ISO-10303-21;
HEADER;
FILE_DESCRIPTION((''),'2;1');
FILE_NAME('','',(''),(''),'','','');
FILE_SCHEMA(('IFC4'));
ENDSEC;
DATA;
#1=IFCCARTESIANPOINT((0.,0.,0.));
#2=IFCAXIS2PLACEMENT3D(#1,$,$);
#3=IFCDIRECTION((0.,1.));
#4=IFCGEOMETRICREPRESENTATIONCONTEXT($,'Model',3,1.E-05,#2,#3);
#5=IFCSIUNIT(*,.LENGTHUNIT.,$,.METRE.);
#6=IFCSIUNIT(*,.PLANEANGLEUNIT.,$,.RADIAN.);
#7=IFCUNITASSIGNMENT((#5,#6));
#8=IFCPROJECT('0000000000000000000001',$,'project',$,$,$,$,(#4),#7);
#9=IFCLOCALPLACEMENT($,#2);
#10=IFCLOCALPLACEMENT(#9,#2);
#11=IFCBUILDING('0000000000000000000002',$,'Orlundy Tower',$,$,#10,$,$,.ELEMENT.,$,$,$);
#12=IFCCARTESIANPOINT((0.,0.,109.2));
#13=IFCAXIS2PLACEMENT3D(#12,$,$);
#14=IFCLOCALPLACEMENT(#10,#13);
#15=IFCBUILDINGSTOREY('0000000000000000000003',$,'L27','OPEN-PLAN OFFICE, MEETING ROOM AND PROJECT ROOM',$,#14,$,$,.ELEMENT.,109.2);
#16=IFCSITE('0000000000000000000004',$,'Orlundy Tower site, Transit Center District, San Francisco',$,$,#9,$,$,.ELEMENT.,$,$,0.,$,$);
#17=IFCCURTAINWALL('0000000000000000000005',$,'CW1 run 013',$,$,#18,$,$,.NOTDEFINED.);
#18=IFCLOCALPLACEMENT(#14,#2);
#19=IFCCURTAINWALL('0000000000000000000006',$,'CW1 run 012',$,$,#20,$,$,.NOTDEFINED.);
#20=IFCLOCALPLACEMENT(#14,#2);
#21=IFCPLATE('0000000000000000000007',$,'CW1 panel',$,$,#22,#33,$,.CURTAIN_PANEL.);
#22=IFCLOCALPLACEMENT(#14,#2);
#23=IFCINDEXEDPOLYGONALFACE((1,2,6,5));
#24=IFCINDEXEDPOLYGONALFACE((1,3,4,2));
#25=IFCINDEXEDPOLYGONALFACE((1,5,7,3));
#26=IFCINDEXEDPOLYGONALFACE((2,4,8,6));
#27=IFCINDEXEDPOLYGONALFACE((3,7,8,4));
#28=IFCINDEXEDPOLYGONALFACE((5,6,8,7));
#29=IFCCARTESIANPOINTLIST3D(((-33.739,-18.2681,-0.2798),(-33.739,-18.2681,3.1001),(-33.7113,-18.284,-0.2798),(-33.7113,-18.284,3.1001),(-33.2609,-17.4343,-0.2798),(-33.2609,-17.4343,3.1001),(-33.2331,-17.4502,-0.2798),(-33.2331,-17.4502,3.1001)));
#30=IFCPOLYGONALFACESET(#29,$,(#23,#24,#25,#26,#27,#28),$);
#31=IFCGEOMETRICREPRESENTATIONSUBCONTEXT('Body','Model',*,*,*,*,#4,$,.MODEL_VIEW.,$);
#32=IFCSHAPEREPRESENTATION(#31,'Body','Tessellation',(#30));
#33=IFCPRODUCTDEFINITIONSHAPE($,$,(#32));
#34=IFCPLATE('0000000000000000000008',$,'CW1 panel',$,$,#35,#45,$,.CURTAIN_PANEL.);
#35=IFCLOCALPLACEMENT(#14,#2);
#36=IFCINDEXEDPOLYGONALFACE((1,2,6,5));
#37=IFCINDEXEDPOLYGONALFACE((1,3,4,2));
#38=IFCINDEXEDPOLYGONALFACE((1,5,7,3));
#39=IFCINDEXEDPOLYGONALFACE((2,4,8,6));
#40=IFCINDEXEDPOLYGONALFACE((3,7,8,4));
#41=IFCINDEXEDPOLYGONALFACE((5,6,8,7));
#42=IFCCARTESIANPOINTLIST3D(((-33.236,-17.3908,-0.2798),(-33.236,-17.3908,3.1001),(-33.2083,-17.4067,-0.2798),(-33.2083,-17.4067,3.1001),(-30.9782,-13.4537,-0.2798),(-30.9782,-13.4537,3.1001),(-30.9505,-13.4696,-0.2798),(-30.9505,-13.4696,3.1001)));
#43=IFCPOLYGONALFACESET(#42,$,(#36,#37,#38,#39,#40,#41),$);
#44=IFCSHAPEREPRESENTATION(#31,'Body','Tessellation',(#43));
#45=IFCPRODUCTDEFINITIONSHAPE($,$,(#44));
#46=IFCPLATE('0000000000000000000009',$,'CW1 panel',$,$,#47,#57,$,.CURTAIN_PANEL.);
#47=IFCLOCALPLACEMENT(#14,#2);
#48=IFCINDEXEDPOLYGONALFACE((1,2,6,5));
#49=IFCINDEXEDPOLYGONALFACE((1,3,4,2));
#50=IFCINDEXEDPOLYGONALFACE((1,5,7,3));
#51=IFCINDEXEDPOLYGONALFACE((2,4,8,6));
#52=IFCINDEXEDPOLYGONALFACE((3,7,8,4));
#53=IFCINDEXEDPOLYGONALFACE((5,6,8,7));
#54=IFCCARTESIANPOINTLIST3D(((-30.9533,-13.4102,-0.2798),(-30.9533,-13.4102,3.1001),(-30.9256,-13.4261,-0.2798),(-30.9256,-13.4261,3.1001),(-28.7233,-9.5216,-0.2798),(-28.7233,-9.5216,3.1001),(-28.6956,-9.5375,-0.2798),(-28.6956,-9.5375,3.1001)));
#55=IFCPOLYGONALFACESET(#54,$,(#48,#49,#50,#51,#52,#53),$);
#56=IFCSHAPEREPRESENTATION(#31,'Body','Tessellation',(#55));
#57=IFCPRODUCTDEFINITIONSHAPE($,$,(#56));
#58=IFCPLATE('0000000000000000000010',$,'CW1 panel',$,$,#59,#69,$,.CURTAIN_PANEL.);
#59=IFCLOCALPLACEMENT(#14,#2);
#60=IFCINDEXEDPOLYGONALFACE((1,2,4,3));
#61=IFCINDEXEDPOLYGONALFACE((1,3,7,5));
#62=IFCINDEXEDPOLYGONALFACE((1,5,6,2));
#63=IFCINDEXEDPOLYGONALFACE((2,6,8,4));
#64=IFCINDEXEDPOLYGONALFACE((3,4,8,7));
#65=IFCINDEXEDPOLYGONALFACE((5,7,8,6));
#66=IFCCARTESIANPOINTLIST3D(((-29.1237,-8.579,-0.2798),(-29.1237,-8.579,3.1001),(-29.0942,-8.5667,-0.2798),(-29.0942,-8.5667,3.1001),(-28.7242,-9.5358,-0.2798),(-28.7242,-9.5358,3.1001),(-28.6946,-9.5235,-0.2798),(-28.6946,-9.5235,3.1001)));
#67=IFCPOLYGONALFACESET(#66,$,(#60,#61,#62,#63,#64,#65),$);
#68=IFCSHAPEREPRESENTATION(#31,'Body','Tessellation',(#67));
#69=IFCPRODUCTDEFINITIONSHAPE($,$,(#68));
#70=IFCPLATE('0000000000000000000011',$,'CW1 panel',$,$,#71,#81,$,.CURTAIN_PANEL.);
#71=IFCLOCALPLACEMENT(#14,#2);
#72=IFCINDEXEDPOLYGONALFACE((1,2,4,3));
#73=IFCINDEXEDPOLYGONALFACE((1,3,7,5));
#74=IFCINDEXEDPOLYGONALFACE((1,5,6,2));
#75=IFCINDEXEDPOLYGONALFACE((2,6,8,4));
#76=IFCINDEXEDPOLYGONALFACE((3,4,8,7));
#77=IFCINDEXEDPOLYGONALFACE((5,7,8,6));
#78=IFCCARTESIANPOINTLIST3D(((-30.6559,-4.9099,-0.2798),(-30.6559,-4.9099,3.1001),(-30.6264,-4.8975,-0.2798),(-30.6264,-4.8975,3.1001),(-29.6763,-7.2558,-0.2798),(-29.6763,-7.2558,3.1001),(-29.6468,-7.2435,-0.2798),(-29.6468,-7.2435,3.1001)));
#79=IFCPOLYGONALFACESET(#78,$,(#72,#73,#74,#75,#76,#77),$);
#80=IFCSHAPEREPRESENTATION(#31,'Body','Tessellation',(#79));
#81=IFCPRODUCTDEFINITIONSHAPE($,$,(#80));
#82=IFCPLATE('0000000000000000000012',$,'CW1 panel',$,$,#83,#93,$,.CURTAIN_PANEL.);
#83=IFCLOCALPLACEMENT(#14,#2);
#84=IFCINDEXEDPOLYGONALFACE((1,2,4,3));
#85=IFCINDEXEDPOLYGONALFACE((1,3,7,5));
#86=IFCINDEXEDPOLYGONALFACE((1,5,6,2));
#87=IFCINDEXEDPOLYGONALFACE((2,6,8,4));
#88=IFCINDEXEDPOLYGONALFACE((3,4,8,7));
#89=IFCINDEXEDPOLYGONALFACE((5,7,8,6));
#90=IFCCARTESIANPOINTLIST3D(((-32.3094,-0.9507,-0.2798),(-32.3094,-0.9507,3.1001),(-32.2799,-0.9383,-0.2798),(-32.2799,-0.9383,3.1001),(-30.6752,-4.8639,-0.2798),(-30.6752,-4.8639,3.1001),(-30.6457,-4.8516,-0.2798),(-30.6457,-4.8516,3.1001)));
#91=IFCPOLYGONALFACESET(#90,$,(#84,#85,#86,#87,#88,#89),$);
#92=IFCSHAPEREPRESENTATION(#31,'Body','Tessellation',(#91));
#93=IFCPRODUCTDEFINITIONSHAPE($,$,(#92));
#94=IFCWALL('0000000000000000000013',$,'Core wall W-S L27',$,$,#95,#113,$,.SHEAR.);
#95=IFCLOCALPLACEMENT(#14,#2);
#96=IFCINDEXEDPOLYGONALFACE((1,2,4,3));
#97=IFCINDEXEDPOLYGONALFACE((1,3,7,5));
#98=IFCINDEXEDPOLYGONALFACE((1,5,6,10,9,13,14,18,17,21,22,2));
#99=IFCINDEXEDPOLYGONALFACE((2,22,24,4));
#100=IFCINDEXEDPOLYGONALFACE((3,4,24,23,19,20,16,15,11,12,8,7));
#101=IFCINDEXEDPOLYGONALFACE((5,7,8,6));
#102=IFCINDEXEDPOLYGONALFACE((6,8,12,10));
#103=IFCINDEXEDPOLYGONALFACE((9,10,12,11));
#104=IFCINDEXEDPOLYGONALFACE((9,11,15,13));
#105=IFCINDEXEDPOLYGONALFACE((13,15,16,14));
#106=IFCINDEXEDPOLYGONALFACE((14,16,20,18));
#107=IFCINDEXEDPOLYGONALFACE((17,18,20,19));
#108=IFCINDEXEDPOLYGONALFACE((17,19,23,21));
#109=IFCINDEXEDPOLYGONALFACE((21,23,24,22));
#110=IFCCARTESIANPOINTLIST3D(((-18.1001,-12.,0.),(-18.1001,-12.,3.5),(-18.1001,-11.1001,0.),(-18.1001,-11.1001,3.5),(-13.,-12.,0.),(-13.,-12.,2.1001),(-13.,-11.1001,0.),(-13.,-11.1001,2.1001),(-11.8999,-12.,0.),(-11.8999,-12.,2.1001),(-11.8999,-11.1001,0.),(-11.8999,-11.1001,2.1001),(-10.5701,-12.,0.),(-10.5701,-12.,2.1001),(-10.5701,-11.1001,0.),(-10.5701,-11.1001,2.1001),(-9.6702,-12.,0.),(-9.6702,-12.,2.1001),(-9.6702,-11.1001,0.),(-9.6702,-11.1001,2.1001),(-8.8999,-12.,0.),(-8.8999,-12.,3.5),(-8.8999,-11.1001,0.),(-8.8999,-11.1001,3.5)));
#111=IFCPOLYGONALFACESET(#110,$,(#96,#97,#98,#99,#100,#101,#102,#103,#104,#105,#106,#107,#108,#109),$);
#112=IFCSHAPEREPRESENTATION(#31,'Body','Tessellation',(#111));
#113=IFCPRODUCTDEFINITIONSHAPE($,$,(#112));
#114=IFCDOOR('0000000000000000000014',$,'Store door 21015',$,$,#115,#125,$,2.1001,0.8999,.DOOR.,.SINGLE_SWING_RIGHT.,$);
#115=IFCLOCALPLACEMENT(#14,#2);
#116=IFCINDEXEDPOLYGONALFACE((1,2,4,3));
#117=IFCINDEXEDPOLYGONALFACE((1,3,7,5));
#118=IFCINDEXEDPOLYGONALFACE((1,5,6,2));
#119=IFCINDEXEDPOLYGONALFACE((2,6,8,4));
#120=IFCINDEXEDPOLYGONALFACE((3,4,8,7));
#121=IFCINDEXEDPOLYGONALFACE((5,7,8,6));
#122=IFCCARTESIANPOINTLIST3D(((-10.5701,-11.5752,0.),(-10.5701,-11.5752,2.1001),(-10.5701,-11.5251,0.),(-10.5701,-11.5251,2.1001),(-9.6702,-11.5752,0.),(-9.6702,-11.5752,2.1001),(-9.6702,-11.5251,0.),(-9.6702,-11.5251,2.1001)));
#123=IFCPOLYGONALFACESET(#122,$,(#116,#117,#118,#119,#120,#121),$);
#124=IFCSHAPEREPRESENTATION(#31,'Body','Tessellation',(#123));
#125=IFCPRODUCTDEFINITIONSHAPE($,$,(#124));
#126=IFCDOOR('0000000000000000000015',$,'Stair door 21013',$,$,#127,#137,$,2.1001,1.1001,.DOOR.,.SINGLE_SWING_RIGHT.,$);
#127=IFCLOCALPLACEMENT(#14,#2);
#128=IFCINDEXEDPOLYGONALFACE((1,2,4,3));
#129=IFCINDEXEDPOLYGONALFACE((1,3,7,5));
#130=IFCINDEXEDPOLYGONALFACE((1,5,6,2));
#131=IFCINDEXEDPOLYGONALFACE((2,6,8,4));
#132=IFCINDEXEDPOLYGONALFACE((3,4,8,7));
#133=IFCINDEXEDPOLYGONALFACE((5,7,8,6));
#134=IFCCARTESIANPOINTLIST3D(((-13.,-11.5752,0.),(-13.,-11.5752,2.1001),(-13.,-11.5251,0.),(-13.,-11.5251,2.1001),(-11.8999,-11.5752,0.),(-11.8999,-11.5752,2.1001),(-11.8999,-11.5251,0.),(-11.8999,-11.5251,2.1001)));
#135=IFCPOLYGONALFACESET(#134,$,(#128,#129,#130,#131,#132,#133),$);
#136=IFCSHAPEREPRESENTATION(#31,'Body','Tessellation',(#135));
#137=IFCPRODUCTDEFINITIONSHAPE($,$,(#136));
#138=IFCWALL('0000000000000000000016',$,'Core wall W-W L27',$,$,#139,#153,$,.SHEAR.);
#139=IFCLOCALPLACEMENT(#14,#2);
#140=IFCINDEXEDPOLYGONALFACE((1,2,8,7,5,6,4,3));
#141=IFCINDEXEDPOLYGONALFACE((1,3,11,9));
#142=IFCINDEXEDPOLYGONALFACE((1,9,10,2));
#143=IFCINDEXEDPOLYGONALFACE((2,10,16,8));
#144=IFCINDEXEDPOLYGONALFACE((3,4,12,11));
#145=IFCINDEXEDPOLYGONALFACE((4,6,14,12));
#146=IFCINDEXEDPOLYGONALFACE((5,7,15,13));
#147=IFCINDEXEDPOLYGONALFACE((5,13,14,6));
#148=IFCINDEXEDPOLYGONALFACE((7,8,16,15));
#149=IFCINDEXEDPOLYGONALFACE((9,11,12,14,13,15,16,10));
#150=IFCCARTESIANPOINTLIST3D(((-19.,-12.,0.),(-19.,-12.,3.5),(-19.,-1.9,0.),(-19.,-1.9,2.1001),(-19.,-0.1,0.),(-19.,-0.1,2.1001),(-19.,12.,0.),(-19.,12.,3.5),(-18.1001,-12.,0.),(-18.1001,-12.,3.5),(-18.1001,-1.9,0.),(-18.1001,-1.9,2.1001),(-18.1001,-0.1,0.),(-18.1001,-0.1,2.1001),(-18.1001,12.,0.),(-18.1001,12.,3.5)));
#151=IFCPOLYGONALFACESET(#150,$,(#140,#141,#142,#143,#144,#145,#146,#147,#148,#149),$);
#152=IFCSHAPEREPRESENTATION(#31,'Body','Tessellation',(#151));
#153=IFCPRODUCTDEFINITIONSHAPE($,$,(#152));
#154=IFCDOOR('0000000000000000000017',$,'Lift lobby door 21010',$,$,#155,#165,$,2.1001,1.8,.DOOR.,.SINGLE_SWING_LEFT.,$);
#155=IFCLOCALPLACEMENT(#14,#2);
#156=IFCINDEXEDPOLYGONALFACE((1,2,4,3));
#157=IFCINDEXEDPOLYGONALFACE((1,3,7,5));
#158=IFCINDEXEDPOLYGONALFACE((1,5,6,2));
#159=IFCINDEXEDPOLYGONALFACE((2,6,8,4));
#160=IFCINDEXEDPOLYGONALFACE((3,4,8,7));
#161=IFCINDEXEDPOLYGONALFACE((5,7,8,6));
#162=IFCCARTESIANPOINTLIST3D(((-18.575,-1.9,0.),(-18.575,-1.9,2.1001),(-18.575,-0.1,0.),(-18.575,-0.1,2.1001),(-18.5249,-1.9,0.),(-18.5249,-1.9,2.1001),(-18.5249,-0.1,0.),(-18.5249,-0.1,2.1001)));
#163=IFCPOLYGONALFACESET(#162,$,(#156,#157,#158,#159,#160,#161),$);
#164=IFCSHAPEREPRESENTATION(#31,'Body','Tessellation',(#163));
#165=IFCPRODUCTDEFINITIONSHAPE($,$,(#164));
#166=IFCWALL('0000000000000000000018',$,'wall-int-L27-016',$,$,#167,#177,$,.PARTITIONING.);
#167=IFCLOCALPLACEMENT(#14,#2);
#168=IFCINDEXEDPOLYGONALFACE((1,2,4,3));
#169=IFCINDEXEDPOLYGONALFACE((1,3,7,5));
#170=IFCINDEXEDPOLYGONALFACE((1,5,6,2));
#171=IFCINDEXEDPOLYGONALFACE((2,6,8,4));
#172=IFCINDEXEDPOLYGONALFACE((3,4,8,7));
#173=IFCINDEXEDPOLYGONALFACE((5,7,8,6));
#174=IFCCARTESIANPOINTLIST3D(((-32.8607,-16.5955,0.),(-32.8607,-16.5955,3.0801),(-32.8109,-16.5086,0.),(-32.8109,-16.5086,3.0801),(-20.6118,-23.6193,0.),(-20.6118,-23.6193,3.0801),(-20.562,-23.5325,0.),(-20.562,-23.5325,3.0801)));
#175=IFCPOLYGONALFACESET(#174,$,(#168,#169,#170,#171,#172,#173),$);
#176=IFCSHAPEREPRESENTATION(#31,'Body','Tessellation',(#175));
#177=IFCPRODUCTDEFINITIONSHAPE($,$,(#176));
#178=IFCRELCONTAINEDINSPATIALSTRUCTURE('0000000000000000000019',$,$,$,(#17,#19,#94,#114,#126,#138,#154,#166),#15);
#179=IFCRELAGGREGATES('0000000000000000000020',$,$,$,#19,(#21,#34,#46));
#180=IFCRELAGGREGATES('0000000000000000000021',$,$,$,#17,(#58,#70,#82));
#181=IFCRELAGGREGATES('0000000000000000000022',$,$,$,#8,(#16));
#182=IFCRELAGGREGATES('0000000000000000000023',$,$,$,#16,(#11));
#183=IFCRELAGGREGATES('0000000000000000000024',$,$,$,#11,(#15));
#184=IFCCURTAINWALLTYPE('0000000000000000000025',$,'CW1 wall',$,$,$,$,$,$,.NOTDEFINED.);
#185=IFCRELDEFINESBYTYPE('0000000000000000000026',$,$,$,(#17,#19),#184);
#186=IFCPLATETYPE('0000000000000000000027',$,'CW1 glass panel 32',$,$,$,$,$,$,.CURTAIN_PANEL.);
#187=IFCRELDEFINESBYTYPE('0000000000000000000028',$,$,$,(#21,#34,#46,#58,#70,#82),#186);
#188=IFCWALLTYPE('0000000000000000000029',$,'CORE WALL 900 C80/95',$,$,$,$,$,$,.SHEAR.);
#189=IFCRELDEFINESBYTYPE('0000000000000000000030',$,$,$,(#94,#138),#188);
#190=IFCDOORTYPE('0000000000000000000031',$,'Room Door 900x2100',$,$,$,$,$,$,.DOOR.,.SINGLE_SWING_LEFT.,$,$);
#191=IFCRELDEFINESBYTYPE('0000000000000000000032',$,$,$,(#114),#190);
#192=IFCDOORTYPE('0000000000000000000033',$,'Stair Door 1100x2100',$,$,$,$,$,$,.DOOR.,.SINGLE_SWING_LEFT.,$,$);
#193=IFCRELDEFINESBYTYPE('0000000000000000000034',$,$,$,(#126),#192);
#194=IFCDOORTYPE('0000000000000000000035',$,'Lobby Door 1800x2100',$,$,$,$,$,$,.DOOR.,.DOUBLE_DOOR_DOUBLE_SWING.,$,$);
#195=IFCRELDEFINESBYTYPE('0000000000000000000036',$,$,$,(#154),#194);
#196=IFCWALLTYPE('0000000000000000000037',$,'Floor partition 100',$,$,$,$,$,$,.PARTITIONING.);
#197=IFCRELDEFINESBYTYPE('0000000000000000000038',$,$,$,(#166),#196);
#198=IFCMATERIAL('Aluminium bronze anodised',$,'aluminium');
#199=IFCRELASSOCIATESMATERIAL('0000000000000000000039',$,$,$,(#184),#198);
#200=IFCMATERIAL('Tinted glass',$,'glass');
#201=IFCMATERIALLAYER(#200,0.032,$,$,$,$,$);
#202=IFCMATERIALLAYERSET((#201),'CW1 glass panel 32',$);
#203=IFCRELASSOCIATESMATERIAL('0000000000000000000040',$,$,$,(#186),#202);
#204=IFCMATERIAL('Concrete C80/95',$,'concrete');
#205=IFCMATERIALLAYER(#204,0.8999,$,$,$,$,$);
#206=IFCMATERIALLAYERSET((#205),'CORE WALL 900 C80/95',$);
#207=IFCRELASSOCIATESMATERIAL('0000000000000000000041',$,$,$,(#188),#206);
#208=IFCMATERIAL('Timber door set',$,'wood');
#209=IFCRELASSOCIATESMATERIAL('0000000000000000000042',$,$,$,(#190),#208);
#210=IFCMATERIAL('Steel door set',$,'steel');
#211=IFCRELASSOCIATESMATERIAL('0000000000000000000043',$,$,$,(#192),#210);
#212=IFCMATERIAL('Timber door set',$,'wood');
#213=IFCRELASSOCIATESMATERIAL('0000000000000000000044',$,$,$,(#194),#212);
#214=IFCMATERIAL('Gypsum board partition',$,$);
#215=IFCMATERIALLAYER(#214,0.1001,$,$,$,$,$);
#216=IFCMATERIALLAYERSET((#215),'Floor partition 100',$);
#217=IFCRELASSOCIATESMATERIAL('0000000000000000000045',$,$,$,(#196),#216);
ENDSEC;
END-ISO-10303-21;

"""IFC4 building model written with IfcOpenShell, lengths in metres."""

from ifc_helpers import new_model, si_unit, direction, frame, frame_2d, origin, origin_2d, place, context, subcontext, project, spatial, rectangle, extrude, material, layer, layer_set, type_object, element, fill, aggregate, save


model = new_model("IFC4")

# Units and contexts
model_context = context("Model", 3, precision=1e-05, world=origin(), true_north=direction((0.0, 1.0)))
body_context = subcontext(model_context, "Body", "Model", "MODEL_VIEW")
ifc_project = project(units=[si_unit("LENGTHUNIT", "METRE"), si_unit("PLANEANGLEUNIT", "RADIAN")], contexts=[model_context])

# Site, building, storey
site_placement = place(None, origin())
site = spatial("IfcSite", under=ifc_project, at=site_placement, Name="Orlundy Tower site, Transit Center District, San Francisco", CompositionType="ELEMENT", RefElevation=0.0)
building_placement = place(site_placement, origin())
building = spatial("IfcBuilding", under=site, at=building_placement, Name="Orlundy Tower", CompositionType="ELEMENT")
storey_placement = place(building_placement, frame((0.0, 0.0, 109.2)))
storey = spatial("IfcBuildingStorey", under=building, at=storey_placement, Name="L27", Description="OPEN-PLAN OFFICE, MEETING ROOM AND PROJECT ROOM", CompositionType="ELEMENT", Elevation=109.2)

# Curtain wall
ifc_material_1 = material(Name="Aluminium bronze anodised", Category="aluminium")
curtain_wall_type = type_object("IfcCurtainWallType", Name="CW1 wall", PredefinedType="NOTDEFINED", material=ifc_material_1)
curtain_wall_1_placement = place(storey_placement, origin())
curtain_wall_1 = element("IfcCurtainWall", 1, at=curtain_wall_1_placement, inside=storey, type_object=curtain_wall_type, Name="CW1 run 013", PredefinedType="NOTDEFINED")

# Curtain wall
curtain_wall_2_placement = place(storey_placement, origin())
curtain_wall_2 = element("IfcCurtainWall", 2, at=curtain_wall_2_placement, inside=storey, type_object=curtain_wall_type, Name="CW1 run 012", PredefinedType="NOTDEFINED")

# Plates
ifc_material_2 = material(Name="Tinted glass", Category="glass")
ifc_layer_1 = layer(ifc_material_2, 0.032)
ifc_layer_set_1 = layer_set([ifc_layer_1], Name="CW1 glass panel 32")
plate_type = type_object("IfcPlateType", Name="CW1 glass panel 32", PredefinedType="CURTAIN_PANEL", material=ifc_layer_set_1)
plate_1_placement = place(storey_placement, frame((-33.4861, -17.8591, -0.2798), z_axis=(0.0, 0.0, 1.0), x_axis=(0.497468, 0.867482, 0.0)))
plate_1 = element("IfcPlate", 3, at=plate_1_placement, type_object=plate_type, Name="CW1 panel", PredefinedType="CURTAIN_PANEL", context=body_context, shape_type="SweptSolid", body=[
    extrude(rectangle(XDim=0.9612, YDim=0.032, at=origin_2d()), origin(), (0.0, 0.0, 1.0), 3.3799),
])
plate_2_placement = place(storey_placement, frame((-32.0933, -15.4302, -0.2798), z_axis=(0.0, 0.0, 1.0), x_axis=(0.497468, 0.867482, 0.0)))
plate_2 = element("IfcPlate", 4, at=plate_2_placement, type_object=plate_type, Name="CW1 panel", PredefinedType="CURTAIN_PANEL", context=body_context, shape_type="SweptSolid", body=[
    extrude(rectangle(XDim=4.5386, YDim=0.032, at=origin_2d()), origin(), (0.0, 0.0, 1.0), 3.3799),
])
plate_3_placement = place(storey_placement, frame((-29.8245, -11.4739, -0.2798), z_axis=(0.0, 0.0, 1.0), x_axis=(0.497468, 0.867482, 0.0)))
plate_3 = element("IfcPlate", 5, at=plate_3_placement, type_object=plate_type, Name="CW1 panel", PredefinedType="CURTAIN_PANEL", context=body_context, shape_type="SweptSolid", body=[
    extrude(rectangle(XDim=4.4827, YDim=0.032, at=origin_2d()), origin(), (0.0, 0.0, 1.0), 3.3799),
])
aggregate(curtain_wall_2, [plate_1, plate_2, plate_3])
plate_4_placement = place(storey_placement, frame((-28.9092, -9.0513, -0.2798), z_axis=(0.0, 0.0, 1.0), x_axis=(-0.385344, 0.922773, 0.0)))
plate_4 = element("IfcPlate", 6, at=plate_4_placement, type_object=plate_type, Name="CW1 panel", PredefinedType="CURTAIN_PANEL", context=body_context, shape_type="SweptSolid", body=[
    extrude(rectangle(XDim=1.0369, YDim=0.032, at=origin_2d()), origin(), (0.0, 0.0, 1.0), 3.3799),
])
plate_5_placement = place(storey_placement, frame((-30.1514, -6.0767, -0.2798), z_axis=(0.0, 0.0, 1.0), x_axis=(-0.385344, 0.922773, 0.0)))
plate_5 = element("IfcPlate", 7, at=plate_5_placement, type_object=plate_type, Name="CW1 panel", PredefinedType="CURTAIN_PANEL", context=body_context, shape_type="SweptSolid", body=[
    extrude(rectangle(XDim=2.5422, YDim=0.032, at=origin_2d()), origin(), (0.0, 0.0, 1.0), 3.3799),
])
plate_6_placement = place(storey_placement, frame((-31.4775, -2.9011, -0.2798), z_axis=(0.0, 0.0, 1.0), x_axis=(-0.385344, 0.922773, 0.0)))
plate_6 = element("IfcPlate", 8, at=plate_6_placement, type_object=plate_type, Name="CW1 panel", PredefinedType="CURTAIN_PANEL", context=body_context, shape_type="SweptSolid", body=[
    extrude(rectangle(XDim=4.2407, YDim=0.032, at=origin_2d()), origin(), (0.0, 0.0, 1.0), 3.3799),
])
aggregate(curtain_wall_1, [plate_4, plate_5, plate_6])

# Wall, openings, doors
ifc_material_3 = material(Name="Concrete C80/95", Category="concrete")
ifc_layer_2 = layer(ifc_material_3, 0.8999)
ifc_layer_set_2 = layer_set([ifc_layer_2], Name="CORE WALL 900 C80/95")
wall_type_1 = type_object("IfcWallType", Name="CORE WALL 900 C80/95", PredefinedType="SHEAR", material=ifc_layer_set_2)
wall_1_placement = place(storey_placement, frame((-18.1001, -11.55, 0.0), z_axis=(0.0, 0.0, 1.0), x_axis=(1.0, 0.0, 0.0)))
wall_1 = element("IfcWall", 9, at=wall_1_placement, inside=storey, type_object=wall_type_1, Name="Core wall W-S L27", PredefinedType="SHEAR", context=body_context, shape_type="SweptSolid", body=[
    extrude(rectangle(XDim=9.2002, YDim=0.8999, at=frame_2d((4.6001, 0.0))), origin(), (0.0, 0.0, 1.0), 3.5),
])
opening_1_placement = place(wall_1_placement, frame((5.1001, 0.0, 0.0)))
opening_1 = element("IfcOpeningElement", 10, at=opening_1_placement, cuts=wall_1, PredefinedType="OPENING", context=body_context, shape_type="SweptSolid", body=[
    extrude(rectangle(XDim=1.1001, YDim=2.1001, at=frame_2d((0.55, 1.05))), frame((0.0, 0.46, 0.0), z_axis=(0.0, -1.0, 0.0), x_axis=(1.0, 0.0, 0.0)), (0.0, 0.0, 1.0), 0.9199),
])
opening_2_placement = place(wall_1_placement, frame((7.53, 0.0, 0.0)))
opening_2 = element("IfcOpeningElement", 11, at=opening_2_placement, cuts=wall_1, PredefinedType="OPENING", context=body_context, shape_type="SweptSolid", body=[
    extrude(rectangle(XDim=0.8999, YDim=2.1001, at=frame_2d((0.45, 1.05))), frame((0.0, 0.46, 0.0), z_axis=(0.0, -1.0, 0.0), x_axis=(1.0, 0.0, 0.0)), (0.0, 0.0, 1.0), 0.9199),
])
ifc_material_4 = material(Name="Timber door set", Category="wood")
door_type_1 = type_object("IfcDoorType", Name="Room Door 900x2100", OperationType="SINGLE_SWING_LEFT", PredefinedType="DOOR", material=ifc_material_4)
door_1_placement = place(opening_2_placement, origin())
door_1 = element("IfcDoor", 12, at=door_1_placement, inside=storey, type_object=door_type_1, Name="Store door 21015", OperationType="SINGLE_SWING_RIGHT", OverallHeight=2.1001, OverallWidth=0.8999, PredefinedType="DOOR", context=body_context, shape_type="SweptSolid", body=[
    extrude(rectangle(XDim=0.8999, YDim=2.1001, at=frame_2d((0.45, 1.05))), frame((0.0, 0.0249, 0.0), z_axis=(0.0, -1.0, 0.0), x_axis=(1.0, 0.0, 0.0)), (0.0, 0.0, 1.0), 0.05),
])
fill(opening_2, door_1)
ifc_material_5 = material(Name="Steel door set", Category="steel")
door_type_2 = type_object("IfcDoorType", Name="Stair Door 1100x2100", OperationType="SINGLE_SWING_LEFT", PredefinedType="DOOR", material=ifc_material_5)
door_2_placement = place(opening_1_placement, origin())
door_2 = element("IfcDoor", 13, at=door_2_placement, inside=storey, type_object=door_type_2, Name="Stair door 21013", OperationType="SINGLE_SWING_RIGHT", OverallHeight=2.1001, OverallWidth=1.1001, PredefinedType="DOOR", context=body_context, shape_type="SweptSolid", body=[
    extrude(rectangle(XDim=1.1001, YDim=2.1001, at=frame_2d((0.55, 1.05))), frame((0.0, 0.0249, 0.0), z_axis=(0.0, -1.0, 0.0), x_axis=(1.0, 0.0, 0.0)), (0.0, 0.0, 1.0), 0.05),
])
fill(opening_1, door_2)

# Wall, opening, door
wall_2_placement = place(storey_placement, frame((-18.55, -12.0, 0.0), z_axis=(0.0, 0.0, 1.0), x_axis=(0.0, 1.0, 0.0)))
wall_2 = element("IfcWall", 14, at=wall_2_placement, inside=storey, type_object=wall_type_1, Name="Core wall W-W L27", PredefinedType="SHEAR", context=body_context, shape_type="SweptSolid", body=[
    extrude(rectangle(XDim=24.0, YDim=0.8999, at=frame_2d((12.0, 0.0))), origin(), (0.0, 0.0, 1.0), 3.5),
])
opening_3_placement = place(wall_2_placement, frame((10.1001, 0.0, 0.0)))
opening_3 = element("IfcOpeningElement", 15, at=opening_3_placement, cuts=wall_2, PredefinedType="OPENING", context=body_context, shape_type="SweptSolid", body=[
    extrude(rectangle(XDim=1.8, YDim=2.1001, at=frame_2d((0.8999, 1.05))), frame((0.0, 0.46, 0.0), z_axis=(0.0, -1.0, 0.0), x_axis=(1.0, 0.0, 0.0)), (0.0, 0.0, 1.0), 0.9199),
])
ifc_material_6 = material(Name="Timber door set", Category="wood")
door_type_3 = type_object("IfcDoorType", Name="Lobby Door 1800x2100", OperationType="DOUBLE_DOOR_DOUBLE_SWING", PredefinedType="DOOR", material=ifc_material_6)
door_3_placement = place(opening_3_placement, origin())
door_3 = element("IfcDoor", 16, at=door_3_placement, inside=storey, type_object=door_type_3, Name="Lift lobby door 21010", OperationType="SINGLE_SWING_LEFT", OverallHeight=2.1001, OverallWidth=1.8, PredefinedType="DOOR", context=body_context, shape_type="SweptSolid", body=[
    extrude(rectangle(XDim=1.8, YDim=2.1001, at=frame_2d((0.8999, 1.05))), frame((0.0, 0.0249, 0.0), z_axis=(0.0, -1.0, 0.0), x_axis=(1.0, 0.0, 0.0)), (0.0, 0.0, 1.0), 0.05),
])
fill(opening_3, door_3)

# Wall
ifc_material_7 = material(Name="Gypsum board partition")
ifc_layer_3 = layer(ifc_material_7, 0.1001)
ifc_layer_set_3 = layer_set([ifc_layer_3], Name="Floor partition 100")
wall_type_2 = type_object("IfcWallType", Name="Floor partition 100", PredefinedType="PARTITIONING", material=ifc_layer_set_3)
wall_3_placement = place(storey_placement, frame((-32.8359, -16.552, 0.0), z_axis=(0.0, 0.0, 1.0), x_axis=(0.867495, -0.497446, 0.0)))
element("IfcWall", 17, at=wall_3_placement, inside=storey, type_object=wall_type_2, Name="wall-int-L27-016", PredefinedType="PARTITIONING", context=body_context, shape_type="SweptSolid", body=[
    extrude(rectangle(XDim=14.1199, YDim=0.1001, at=frame_2d((7.0601, 0.0))), origin(), (0.0, 0.0, 1.0), 3.0801),
])

save(model, "model.ifc")
